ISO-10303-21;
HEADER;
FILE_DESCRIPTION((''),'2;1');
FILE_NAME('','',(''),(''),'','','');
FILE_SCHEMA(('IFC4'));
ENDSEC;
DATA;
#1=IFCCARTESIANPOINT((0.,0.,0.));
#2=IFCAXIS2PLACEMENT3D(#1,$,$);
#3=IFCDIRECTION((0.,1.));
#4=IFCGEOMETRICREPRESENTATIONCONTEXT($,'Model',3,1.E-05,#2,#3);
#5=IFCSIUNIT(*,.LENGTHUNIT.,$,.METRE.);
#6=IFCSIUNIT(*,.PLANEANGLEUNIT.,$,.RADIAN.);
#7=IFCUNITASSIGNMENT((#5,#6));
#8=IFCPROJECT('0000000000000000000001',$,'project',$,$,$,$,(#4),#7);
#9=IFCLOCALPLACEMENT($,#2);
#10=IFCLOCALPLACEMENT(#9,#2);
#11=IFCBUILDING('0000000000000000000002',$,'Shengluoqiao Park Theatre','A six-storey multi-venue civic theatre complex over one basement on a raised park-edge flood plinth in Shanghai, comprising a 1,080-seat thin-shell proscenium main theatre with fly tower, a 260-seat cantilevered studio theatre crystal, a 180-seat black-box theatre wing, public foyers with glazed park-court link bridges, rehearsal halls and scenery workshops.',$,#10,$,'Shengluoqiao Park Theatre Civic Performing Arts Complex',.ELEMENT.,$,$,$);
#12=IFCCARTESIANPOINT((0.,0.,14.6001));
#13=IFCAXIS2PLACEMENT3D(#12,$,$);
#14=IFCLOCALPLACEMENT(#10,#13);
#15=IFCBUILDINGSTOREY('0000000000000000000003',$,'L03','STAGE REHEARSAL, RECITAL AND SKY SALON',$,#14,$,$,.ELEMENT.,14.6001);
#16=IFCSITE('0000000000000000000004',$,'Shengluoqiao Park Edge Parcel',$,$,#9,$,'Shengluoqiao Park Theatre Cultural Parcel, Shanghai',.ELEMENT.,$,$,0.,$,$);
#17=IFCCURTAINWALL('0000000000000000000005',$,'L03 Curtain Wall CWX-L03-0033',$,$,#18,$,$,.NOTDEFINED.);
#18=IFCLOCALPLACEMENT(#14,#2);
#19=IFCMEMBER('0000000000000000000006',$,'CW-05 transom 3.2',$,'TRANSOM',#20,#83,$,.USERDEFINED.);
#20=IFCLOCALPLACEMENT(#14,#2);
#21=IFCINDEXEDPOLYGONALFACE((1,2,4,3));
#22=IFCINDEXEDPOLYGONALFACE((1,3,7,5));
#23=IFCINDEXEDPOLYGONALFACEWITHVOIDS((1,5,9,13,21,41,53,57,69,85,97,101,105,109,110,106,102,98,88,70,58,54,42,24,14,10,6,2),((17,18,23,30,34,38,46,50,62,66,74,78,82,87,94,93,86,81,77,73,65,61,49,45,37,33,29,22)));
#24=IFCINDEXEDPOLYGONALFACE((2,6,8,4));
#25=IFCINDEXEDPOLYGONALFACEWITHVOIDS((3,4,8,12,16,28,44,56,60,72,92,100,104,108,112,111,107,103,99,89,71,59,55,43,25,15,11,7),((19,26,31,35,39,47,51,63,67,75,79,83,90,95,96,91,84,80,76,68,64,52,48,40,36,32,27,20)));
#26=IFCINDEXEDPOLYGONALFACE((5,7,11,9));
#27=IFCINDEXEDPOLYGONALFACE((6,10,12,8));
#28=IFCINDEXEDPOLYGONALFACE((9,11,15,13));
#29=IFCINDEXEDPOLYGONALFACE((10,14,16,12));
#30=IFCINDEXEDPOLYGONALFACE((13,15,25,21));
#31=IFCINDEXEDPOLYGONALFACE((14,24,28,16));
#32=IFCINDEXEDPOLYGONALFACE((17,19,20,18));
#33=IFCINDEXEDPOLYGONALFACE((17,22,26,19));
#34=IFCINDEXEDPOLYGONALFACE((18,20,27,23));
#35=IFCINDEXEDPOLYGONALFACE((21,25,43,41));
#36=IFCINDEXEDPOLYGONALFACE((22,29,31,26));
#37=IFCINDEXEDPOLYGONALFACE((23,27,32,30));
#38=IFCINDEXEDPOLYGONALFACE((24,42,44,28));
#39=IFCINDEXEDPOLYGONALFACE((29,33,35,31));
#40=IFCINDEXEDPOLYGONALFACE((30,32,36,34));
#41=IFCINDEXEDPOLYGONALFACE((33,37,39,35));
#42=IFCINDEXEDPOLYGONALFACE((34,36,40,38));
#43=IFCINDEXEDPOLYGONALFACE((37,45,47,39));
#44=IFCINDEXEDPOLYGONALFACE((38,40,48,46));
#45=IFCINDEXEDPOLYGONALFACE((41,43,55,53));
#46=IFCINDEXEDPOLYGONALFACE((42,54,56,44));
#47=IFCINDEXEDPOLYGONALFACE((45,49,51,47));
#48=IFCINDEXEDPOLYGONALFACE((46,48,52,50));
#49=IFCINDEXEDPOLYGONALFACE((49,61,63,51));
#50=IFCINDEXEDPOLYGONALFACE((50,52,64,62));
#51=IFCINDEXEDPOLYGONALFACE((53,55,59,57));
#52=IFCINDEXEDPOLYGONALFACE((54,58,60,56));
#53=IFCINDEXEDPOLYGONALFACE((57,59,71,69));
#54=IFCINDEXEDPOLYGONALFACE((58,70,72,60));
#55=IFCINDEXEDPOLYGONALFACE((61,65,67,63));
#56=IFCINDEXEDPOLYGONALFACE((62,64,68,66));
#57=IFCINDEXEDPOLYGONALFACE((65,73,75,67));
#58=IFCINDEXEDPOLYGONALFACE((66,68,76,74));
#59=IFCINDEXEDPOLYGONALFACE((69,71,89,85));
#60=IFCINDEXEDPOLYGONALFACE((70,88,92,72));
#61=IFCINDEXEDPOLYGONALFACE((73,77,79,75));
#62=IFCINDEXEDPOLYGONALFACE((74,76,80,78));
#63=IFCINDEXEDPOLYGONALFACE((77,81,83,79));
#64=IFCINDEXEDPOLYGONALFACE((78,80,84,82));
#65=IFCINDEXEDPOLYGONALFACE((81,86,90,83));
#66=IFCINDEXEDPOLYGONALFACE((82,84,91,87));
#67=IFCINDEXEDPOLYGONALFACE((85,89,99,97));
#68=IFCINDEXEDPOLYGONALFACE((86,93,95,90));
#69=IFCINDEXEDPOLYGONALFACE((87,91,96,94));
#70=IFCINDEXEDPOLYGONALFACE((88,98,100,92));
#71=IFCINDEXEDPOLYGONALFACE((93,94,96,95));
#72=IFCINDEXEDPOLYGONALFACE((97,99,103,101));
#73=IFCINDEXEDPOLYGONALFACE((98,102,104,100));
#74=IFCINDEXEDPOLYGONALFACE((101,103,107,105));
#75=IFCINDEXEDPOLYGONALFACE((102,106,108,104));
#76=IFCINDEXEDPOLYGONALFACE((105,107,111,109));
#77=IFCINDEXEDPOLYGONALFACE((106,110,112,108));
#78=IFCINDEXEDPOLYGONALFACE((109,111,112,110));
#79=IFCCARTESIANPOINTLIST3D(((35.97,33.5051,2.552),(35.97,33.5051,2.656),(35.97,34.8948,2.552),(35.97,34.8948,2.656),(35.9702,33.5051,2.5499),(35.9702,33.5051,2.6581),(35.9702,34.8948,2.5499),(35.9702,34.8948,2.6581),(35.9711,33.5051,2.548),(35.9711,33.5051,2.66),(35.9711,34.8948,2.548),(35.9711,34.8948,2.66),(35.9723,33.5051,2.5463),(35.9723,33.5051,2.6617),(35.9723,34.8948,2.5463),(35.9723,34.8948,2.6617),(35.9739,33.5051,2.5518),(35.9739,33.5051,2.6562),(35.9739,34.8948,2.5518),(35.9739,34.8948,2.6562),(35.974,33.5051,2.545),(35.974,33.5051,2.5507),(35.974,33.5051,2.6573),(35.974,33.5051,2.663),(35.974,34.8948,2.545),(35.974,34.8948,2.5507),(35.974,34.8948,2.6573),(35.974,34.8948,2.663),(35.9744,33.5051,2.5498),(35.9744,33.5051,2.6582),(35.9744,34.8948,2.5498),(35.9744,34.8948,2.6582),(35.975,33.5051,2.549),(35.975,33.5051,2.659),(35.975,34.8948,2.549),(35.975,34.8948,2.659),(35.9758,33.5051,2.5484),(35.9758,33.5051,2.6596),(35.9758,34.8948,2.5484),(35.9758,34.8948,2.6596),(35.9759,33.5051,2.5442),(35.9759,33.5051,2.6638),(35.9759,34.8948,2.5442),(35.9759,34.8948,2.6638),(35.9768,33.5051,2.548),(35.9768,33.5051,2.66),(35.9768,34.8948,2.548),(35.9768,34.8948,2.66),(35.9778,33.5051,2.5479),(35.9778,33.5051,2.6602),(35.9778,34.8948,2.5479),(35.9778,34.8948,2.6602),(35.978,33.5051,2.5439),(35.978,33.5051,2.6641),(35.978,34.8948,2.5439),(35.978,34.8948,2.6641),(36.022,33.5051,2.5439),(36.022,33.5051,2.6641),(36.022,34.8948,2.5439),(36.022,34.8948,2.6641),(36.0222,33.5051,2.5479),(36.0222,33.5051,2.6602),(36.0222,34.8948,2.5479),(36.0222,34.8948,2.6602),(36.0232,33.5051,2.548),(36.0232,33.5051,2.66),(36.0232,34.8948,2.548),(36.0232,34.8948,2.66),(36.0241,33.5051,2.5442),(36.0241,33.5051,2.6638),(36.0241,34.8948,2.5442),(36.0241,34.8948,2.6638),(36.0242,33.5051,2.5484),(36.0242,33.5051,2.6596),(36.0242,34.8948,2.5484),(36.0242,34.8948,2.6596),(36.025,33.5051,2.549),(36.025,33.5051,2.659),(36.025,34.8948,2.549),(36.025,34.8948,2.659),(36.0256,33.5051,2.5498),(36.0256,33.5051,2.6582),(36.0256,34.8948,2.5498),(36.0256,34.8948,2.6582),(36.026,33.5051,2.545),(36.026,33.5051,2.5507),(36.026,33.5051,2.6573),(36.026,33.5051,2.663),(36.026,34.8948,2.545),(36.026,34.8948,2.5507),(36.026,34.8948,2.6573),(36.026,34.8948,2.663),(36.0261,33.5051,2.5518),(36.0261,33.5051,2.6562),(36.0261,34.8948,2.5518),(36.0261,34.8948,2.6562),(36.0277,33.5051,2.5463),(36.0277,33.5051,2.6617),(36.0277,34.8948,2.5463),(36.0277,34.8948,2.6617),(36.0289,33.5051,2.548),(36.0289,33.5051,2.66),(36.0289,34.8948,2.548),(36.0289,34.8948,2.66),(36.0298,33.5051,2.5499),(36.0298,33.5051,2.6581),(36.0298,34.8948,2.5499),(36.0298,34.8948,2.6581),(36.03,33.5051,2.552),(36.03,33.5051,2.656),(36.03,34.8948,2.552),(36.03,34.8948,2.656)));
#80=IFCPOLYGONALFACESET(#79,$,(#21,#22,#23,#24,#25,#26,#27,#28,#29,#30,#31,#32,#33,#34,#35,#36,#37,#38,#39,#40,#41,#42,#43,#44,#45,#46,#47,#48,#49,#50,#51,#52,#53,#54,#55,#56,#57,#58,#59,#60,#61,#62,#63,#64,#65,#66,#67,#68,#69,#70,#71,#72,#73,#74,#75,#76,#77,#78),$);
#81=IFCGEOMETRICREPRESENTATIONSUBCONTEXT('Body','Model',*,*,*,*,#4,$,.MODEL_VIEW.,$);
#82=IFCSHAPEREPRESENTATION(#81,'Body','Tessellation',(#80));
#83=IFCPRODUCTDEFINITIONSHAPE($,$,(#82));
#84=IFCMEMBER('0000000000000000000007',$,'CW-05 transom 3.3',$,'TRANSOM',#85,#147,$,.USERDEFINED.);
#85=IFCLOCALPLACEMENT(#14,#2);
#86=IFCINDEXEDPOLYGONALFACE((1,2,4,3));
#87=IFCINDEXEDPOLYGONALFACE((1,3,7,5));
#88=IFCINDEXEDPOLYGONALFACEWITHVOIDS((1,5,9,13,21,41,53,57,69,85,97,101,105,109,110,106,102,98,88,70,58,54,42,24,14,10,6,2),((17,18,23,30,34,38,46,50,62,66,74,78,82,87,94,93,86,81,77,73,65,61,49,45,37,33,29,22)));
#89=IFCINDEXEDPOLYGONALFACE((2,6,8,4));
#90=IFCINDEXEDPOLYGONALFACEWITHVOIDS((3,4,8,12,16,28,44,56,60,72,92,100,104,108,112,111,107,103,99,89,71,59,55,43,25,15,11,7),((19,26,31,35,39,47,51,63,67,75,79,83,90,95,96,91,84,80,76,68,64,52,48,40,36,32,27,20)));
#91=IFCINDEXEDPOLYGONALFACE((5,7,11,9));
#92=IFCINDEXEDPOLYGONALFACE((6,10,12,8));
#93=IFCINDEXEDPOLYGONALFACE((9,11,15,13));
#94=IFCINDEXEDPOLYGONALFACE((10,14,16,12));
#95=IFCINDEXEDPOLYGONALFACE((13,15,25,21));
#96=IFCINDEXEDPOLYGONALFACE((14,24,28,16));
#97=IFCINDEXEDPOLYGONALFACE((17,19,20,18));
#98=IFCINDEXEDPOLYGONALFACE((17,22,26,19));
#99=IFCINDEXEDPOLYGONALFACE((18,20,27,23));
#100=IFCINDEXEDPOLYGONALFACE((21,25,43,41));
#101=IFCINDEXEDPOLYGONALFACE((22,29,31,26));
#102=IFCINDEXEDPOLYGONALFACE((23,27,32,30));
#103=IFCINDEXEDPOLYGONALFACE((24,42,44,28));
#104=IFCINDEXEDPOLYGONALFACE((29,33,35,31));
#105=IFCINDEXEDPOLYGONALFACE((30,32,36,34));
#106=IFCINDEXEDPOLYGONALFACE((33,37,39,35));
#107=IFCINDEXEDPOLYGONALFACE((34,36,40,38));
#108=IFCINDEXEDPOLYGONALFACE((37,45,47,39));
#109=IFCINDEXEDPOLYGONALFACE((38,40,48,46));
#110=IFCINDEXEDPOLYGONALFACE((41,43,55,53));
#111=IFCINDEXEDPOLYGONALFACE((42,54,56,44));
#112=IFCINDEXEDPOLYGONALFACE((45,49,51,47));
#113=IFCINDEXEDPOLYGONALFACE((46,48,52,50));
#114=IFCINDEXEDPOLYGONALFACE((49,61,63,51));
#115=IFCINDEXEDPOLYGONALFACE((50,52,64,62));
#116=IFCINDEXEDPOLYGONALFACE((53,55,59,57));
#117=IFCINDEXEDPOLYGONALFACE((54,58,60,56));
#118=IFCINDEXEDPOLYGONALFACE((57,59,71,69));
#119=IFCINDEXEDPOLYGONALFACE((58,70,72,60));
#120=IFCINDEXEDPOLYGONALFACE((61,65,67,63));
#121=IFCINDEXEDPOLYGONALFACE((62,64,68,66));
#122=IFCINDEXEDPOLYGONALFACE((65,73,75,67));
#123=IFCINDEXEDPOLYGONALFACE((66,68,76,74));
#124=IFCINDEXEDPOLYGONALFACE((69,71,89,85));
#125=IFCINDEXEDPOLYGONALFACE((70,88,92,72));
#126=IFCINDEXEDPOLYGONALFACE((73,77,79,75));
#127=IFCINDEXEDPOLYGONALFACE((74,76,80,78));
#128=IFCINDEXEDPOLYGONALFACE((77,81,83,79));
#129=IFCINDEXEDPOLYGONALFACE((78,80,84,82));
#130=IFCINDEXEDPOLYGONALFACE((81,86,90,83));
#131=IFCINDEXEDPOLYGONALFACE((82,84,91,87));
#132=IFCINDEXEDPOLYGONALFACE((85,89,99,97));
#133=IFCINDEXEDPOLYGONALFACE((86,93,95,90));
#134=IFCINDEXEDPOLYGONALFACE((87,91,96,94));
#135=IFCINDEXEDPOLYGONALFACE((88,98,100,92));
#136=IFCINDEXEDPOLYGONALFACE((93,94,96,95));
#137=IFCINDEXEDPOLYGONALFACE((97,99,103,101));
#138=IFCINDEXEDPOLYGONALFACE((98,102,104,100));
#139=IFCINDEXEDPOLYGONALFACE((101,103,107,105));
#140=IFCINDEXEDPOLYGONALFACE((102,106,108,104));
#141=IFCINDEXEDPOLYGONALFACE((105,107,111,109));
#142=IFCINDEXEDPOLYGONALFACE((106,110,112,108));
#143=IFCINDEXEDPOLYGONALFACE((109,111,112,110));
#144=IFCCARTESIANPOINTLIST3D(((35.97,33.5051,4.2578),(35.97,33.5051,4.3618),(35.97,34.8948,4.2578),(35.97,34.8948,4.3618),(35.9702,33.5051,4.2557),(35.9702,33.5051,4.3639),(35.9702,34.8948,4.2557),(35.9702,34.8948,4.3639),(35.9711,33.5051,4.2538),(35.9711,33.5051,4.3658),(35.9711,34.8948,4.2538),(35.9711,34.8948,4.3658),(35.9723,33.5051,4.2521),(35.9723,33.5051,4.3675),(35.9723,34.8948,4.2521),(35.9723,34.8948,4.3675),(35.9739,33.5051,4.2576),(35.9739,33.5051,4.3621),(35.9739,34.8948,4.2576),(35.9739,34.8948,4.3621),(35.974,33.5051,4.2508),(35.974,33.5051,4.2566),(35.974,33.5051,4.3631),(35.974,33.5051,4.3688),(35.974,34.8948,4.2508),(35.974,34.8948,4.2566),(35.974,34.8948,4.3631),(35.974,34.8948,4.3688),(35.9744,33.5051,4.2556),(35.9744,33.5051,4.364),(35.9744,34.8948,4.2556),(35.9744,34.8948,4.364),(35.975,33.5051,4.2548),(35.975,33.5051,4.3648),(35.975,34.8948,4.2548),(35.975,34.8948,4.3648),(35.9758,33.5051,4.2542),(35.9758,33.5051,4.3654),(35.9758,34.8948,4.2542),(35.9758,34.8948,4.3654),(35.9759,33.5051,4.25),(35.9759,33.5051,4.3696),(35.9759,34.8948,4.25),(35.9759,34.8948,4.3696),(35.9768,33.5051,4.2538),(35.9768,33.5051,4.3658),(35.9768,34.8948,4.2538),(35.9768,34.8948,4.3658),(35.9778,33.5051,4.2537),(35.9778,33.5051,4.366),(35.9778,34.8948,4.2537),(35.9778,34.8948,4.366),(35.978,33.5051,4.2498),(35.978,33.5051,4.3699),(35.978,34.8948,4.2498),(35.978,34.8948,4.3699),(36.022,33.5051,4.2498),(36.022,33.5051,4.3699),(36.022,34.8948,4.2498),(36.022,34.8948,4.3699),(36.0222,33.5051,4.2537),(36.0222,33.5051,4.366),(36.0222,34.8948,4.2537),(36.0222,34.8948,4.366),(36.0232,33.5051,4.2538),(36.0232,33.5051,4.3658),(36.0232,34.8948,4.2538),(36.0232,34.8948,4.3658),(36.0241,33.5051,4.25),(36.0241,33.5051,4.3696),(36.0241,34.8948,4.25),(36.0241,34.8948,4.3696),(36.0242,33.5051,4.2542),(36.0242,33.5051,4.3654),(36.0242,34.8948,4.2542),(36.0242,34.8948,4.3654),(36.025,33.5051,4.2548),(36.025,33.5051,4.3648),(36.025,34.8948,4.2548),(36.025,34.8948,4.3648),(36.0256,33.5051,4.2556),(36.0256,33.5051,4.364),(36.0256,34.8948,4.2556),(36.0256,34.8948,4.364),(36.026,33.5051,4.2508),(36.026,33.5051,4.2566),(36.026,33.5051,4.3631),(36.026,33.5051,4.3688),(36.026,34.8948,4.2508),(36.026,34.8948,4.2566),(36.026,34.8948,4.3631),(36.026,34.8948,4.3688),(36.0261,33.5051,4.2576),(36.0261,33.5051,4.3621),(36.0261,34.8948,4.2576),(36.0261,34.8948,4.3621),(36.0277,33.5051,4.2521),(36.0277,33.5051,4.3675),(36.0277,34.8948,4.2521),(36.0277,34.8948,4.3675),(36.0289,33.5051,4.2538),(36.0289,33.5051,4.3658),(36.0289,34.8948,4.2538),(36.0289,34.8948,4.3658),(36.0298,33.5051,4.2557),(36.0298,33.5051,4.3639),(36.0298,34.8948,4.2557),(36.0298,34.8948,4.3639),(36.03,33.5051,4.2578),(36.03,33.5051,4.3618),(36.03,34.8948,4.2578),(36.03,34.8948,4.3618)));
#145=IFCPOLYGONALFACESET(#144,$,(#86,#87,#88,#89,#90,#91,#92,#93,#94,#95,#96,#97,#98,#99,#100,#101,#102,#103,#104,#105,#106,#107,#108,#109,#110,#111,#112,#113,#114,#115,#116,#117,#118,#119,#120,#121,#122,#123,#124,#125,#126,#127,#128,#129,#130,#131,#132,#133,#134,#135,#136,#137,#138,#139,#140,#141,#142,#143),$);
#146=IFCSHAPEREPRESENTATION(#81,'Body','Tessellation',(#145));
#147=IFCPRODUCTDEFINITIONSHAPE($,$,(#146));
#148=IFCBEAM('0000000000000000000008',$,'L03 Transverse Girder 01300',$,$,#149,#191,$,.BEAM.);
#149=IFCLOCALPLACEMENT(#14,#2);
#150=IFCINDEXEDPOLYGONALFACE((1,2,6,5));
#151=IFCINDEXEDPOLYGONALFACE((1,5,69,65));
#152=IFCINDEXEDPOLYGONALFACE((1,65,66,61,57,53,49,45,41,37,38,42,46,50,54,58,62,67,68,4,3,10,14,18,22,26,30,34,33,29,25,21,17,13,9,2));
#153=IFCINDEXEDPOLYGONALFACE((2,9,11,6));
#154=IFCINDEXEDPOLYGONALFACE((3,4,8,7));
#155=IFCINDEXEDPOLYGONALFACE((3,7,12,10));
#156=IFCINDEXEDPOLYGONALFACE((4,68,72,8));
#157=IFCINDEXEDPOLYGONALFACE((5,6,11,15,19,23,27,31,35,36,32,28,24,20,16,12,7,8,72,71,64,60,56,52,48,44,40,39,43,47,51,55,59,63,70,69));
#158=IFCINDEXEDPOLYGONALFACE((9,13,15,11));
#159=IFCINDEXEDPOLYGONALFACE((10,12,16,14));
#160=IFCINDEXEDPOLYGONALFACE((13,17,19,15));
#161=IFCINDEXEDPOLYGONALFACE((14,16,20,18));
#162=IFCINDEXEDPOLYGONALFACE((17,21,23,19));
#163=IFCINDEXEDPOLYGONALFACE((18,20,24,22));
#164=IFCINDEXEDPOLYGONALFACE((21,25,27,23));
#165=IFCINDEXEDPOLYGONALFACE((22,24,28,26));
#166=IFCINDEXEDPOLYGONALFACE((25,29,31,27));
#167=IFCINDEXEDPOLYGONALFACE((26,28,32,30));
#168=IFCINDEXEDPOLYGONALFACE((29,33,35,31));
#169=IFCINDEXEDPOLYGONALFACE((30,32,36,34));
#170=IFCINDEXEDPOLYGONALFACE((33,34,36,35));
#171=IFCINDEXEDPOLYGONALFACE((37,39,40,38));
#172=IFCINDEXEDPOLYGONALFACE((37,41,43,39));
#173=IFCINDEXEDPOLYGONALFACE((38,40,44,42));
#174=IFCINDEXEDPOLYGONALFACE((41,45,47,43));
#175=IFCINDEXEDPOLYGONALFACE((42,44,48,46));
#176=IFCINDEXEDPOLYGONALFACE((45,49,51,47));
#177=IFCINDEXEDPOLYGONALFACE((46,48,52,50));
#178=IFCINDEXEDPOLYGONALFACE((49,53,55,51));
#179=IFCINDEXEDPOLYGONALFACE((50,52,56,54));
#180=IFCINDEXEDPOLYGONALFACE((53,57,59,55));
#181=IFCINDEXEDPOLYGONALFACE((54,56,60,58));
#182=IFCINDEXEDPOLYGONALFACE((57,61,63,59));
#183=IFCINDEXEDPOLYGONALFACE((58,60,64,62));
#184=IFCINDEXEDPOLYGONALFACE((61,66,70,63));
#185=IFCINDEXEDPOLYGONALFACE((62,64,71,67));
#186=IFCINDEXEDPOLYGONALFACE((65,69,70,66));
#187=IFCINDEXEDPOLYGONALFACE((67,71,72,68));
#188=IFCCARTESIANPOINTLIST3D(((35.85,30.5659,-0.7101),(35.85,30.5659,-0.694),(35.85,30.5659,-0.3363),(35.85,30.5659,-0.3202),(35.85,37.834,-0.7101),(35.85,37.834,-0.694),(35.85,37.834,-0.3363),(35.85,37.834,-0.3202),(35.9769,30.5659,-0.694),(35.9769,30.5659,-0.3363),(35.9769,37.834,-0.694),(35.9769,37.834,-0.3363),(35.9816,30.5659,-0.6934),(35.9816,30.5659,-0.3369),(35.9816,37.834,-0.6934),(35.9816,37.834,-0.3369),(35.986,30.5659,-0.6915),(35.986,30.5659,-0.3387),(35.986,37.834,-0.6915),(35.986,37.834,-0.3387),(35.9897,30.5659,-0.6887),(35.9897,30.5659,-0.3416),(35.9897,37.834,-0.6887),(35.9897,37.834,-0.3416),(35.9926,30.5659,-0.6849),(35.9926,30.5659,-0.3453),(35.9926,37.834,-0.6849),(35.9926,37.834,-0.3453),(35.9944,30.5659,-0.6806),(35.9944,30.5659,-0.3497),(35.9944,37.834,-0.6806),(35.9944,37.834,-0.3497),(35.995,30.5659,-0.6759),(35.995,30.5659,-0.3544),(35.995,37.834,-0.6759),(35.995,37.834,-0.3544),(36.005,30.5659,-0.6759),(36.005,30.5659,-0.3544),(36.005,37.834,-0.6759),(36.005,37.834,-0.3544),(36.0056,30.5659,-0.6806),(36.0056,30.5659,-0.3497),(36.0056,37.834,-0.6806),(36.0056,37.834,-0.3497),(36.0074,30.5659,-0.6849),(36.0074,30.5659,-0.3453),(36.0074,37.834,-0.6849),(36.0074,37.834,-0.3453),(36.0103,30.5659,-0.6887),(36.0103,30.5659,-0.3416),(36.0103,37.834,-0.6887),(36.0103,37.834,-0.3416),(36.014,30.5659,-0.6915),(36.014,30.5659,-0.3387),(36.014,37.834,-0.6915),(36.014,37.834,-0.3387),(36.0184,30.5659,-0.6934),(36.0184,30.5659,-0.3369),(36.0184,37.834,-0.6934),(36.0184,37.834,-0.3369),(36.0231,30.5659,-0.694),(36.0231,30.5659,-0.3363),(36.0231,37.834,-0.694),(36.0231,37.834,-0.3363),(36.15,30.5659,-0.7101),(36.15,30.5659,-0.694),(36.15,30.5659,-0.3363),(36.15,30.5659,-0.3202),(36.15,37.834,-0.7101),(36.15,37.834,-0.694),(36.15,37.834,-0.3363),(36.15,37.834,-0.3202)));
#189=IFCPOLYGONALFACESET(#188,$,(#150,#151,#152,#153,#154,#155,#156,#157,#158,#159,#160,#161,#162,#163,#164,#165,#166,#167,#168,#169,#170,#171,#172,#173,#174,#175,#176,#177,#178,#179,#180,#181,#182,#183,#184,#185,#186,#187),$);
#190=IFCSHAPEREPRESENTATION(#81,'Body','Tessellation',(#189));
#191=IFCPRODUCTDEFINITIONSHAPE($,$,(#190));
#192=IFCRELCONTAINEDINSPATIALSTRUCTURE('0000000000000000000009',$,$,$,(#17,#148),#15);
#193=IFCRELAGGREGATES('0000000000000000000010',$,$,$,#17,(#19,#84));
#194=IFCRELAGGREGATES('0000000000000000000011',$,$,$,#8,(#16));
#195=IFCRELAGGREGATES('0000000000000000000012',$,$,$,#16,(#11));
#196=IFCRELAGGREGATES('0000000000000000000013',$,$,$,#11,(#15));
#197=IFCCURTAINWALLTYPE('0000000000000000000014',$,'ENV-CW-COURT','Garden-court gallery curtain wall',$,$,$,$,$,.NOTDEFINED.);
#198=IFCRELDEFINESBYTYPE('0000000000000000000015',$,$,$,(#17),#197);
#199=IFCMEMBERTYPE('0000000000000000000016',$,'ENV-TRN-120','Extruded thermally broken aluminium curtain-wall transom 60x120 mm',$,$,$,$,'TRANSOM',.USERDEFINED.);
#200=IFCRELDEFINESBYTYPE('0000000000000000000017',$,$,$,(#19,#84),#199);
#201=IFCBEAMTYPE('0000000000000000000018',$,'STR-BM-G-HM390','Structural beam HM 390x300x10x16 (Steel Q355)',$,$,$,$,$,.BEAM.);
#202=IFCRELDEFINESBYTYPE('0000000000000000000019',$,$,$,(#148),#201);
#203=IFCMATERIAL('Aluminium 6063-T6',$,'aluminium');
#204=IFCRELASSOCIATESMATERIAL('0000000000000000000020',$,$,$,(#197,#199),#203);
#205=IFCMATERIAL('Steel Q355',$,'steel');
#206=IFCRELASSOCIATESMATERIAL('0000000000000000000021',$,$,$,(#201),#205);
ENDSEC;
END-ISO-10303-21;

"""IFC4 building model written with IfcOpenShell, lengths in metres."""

from ifc_helpers import new_model, si_unit, direction, frame, origin, origin_2d, place, context, subcontext, project, spatial, hollow_rectangle, i_section, extrude, material, material_profile, profile_set, type_object, element, aggregate, save


model = new_model("IFC4")

# Units and contexts
model_context = context("Model", 3, precision=1e-05, world=origin(), true_north=direction((0.0, 1.0)))
body_context = subcontext(model_context, "Body", "Model", "MODEL_VIEW")
ifc_project = project(units=[si_unit("LENGTHUNIT", "METRE"), si_unit("PLANEANGLEUNIT", "RADIAN")], contexts=[model_context])

# Site, building, storey
site_placement = place(None, origin())
site = spatial("IfcSite", under=ifc_project, at=site_placement, Name="Shengluoqiao Park Edge Parcel", LongName="Shengluoqiao Park Theatre Cultural Parcel, Shanghai", CompositionType="ELEMENT", RefElevation=0.0)
building_placement = place(site_placement, origin())
building = spatial("IfcBuilding", under=site, at=building_placement, Name="Shengluoqiao Park Theatre", Description="A six-storey multi-venue civic theatre complex over one basement on a raised park-edge flood plinth in Shanghai, comprising a 1,080-seat thin-shell proscenium main theatre with fly tower, a 260-seat cantilevered studio theatre crystal, a 180-seat black-box theatre wing, public foyers with glazed park-court link bridges, rehearsal halls and scenery workshops.", LongName="Shengluoqiao Park Theatre Civic Performing Arts Complex", CompositionType="ELEMENT")
storey_placement = place(building_placement, frame((0.0, 0.0, 14.6001)))
storey = spatial("IfcBuildingStorey", under=building, at=storey_placement, Name="L03", Description="STAGE REHEARSAL, RECITAL AND SKY SALON", CompositionType="ELEMENT", Elevation=14.6001)

# Shared definitions
ifc_material_1 = material(Name="Steel Q355", Category="steel")

# Curtain wall
ifc_material_2 = material(Name="Aluminium 6063-T6", Category="aluminium")
curtain_wall_type_1 = type_object("IfcCurtainWallType", Name="ENV-CW-COURT", Description="Garden-court gallery curtain wall", PredefinedType="NOTDEFINED", material=ifc_material_2)
curtain_wall_1_placement = place(storey_placement, origin())
curtain_wall_1 = element("IfcCurtainWall", 1, at=curtain_wall_1_placement, inside=storey, type_object=curtain_wall_type_1, Name="L03 Curtain Wall CWX-L03-0033", PredefinedType="NOTDEFINED")

# Members
ifc_material_profile_1 = material_profile(ifc_material_2, hollow_rectangle(XDim=0.0601, YDim=0.1201, WallThickness=0.0039, InnerFilletRadius=0.0039, OuterFilletRadius=0.0081, at=origin_2d()), Name="ALU TRANSOM 120x60x4")
ifc_profile_set_1 = profile_set([ifc_material_profile_1], Name="Aluminium 6063-T6")
member_type_1 = type_object("IfcMemberType", Name="ENV-TRN-120", Description="Extruded thermally broken aluminium curtain-wall transom 60x120 mm", ElementType="TRANSOM", PredefinedType="USERDEFINED", material=ifc_profile_set_1)
member_1_placement = place(storey_placement, frame((36.0, 33.5051, 2.604), z_axis=(0.0, 1.0, 0.0), x_axis=(-1.0, 0.0, 0.0)))
member_1 = element("IfcMember", 2, at=member_1_placement, type_object=member_type_1, Name="CW-05 transom 3.2", ObjectType="TRANSOM", PredefinedType="USERDEFINED", context=body_context, shape_type="SweptSolid", body=[
    extrude(hollow_rectangle(XDim=0.0601, YDim=0.1201, WallThickness=0.0039, InnerFilletRadius=0.0039, OuterFilletRadius=0.0081, at=origin_2d()), origin(), (0.0, 0.0, 1.0), 1.3896),
])
member_2_placement = place(storey_placement, frame((36.0, 33.5051, 4.3098), z_axis=(0.0, 1.0, 0.0), x_axis=(-1.0, 0.0, 0.0)))
member_2 = element("IfcMember", 3, at=member_2_placement, type_object=member_type_1, Name="CW-05 transom 3.3", ObjectType="TRANSOM", PredefinedType="USERDEFINED", context=body_context, shape_type="SweptSolid", body=[
    extrude(hollow_rectangle(XDim=0.0601, YDim=0.1201, WallThickness=0.0039, InnerFilletRadius=0.0039, OuterFilletRadius=0.0081, at=origin_2d()), origin(), (0.0, 0.0, 1.0), 1.3896),
])

# Beam
ifc_material_profile_2 = material_profile(ifc_material_1, i_section(OverallWidth=0.3, OverallDepth=0.3899, WebThickness=0.01, FlangeThickness=0.0161, FilletRadius=0.0181, at=origin_2d()), Name="HM 390x300x10x16")
ifc_profile_set_2 = profile_set([ifc_material_profile_2], Name="Steel Q355")
beam_type_1 = type_object("IfcBeamType", Name="STR-BM-G-HM390", Description="Structural beam HM 390x300x10x16 (Steel Q355)", PredefinedType="BEAM", material=ifc_profile_set_2)
beam_1_placement = place(storey_placement, frame((36.0, 30.5659, -0.5151), z_axis=(0.0, 1.0, 0.0), x_axis=(-1.0, 0.0, 0.0)))
element("IfcBeam", 4, at=beam_1_placement, inside=storey, type_object=beam_type_1, Name="L03 Transverse Girder 01300", PredefinedType="BEAM", context=body_context, shape_type="SweptSolid", body=[
    extrude(i_section(OverallWidth=0.3, OverallDepth=0.3899, WebThickness=0.01, FlangeThickness=0.0161, FilletRadius=0.0181, at=origin_2d()), origin(), (0.0, 0.0, 1.0), 7.2681),
])

aggregate(curtain_wall_1, [member_1, member_2])

save(model, "model.ifc")
